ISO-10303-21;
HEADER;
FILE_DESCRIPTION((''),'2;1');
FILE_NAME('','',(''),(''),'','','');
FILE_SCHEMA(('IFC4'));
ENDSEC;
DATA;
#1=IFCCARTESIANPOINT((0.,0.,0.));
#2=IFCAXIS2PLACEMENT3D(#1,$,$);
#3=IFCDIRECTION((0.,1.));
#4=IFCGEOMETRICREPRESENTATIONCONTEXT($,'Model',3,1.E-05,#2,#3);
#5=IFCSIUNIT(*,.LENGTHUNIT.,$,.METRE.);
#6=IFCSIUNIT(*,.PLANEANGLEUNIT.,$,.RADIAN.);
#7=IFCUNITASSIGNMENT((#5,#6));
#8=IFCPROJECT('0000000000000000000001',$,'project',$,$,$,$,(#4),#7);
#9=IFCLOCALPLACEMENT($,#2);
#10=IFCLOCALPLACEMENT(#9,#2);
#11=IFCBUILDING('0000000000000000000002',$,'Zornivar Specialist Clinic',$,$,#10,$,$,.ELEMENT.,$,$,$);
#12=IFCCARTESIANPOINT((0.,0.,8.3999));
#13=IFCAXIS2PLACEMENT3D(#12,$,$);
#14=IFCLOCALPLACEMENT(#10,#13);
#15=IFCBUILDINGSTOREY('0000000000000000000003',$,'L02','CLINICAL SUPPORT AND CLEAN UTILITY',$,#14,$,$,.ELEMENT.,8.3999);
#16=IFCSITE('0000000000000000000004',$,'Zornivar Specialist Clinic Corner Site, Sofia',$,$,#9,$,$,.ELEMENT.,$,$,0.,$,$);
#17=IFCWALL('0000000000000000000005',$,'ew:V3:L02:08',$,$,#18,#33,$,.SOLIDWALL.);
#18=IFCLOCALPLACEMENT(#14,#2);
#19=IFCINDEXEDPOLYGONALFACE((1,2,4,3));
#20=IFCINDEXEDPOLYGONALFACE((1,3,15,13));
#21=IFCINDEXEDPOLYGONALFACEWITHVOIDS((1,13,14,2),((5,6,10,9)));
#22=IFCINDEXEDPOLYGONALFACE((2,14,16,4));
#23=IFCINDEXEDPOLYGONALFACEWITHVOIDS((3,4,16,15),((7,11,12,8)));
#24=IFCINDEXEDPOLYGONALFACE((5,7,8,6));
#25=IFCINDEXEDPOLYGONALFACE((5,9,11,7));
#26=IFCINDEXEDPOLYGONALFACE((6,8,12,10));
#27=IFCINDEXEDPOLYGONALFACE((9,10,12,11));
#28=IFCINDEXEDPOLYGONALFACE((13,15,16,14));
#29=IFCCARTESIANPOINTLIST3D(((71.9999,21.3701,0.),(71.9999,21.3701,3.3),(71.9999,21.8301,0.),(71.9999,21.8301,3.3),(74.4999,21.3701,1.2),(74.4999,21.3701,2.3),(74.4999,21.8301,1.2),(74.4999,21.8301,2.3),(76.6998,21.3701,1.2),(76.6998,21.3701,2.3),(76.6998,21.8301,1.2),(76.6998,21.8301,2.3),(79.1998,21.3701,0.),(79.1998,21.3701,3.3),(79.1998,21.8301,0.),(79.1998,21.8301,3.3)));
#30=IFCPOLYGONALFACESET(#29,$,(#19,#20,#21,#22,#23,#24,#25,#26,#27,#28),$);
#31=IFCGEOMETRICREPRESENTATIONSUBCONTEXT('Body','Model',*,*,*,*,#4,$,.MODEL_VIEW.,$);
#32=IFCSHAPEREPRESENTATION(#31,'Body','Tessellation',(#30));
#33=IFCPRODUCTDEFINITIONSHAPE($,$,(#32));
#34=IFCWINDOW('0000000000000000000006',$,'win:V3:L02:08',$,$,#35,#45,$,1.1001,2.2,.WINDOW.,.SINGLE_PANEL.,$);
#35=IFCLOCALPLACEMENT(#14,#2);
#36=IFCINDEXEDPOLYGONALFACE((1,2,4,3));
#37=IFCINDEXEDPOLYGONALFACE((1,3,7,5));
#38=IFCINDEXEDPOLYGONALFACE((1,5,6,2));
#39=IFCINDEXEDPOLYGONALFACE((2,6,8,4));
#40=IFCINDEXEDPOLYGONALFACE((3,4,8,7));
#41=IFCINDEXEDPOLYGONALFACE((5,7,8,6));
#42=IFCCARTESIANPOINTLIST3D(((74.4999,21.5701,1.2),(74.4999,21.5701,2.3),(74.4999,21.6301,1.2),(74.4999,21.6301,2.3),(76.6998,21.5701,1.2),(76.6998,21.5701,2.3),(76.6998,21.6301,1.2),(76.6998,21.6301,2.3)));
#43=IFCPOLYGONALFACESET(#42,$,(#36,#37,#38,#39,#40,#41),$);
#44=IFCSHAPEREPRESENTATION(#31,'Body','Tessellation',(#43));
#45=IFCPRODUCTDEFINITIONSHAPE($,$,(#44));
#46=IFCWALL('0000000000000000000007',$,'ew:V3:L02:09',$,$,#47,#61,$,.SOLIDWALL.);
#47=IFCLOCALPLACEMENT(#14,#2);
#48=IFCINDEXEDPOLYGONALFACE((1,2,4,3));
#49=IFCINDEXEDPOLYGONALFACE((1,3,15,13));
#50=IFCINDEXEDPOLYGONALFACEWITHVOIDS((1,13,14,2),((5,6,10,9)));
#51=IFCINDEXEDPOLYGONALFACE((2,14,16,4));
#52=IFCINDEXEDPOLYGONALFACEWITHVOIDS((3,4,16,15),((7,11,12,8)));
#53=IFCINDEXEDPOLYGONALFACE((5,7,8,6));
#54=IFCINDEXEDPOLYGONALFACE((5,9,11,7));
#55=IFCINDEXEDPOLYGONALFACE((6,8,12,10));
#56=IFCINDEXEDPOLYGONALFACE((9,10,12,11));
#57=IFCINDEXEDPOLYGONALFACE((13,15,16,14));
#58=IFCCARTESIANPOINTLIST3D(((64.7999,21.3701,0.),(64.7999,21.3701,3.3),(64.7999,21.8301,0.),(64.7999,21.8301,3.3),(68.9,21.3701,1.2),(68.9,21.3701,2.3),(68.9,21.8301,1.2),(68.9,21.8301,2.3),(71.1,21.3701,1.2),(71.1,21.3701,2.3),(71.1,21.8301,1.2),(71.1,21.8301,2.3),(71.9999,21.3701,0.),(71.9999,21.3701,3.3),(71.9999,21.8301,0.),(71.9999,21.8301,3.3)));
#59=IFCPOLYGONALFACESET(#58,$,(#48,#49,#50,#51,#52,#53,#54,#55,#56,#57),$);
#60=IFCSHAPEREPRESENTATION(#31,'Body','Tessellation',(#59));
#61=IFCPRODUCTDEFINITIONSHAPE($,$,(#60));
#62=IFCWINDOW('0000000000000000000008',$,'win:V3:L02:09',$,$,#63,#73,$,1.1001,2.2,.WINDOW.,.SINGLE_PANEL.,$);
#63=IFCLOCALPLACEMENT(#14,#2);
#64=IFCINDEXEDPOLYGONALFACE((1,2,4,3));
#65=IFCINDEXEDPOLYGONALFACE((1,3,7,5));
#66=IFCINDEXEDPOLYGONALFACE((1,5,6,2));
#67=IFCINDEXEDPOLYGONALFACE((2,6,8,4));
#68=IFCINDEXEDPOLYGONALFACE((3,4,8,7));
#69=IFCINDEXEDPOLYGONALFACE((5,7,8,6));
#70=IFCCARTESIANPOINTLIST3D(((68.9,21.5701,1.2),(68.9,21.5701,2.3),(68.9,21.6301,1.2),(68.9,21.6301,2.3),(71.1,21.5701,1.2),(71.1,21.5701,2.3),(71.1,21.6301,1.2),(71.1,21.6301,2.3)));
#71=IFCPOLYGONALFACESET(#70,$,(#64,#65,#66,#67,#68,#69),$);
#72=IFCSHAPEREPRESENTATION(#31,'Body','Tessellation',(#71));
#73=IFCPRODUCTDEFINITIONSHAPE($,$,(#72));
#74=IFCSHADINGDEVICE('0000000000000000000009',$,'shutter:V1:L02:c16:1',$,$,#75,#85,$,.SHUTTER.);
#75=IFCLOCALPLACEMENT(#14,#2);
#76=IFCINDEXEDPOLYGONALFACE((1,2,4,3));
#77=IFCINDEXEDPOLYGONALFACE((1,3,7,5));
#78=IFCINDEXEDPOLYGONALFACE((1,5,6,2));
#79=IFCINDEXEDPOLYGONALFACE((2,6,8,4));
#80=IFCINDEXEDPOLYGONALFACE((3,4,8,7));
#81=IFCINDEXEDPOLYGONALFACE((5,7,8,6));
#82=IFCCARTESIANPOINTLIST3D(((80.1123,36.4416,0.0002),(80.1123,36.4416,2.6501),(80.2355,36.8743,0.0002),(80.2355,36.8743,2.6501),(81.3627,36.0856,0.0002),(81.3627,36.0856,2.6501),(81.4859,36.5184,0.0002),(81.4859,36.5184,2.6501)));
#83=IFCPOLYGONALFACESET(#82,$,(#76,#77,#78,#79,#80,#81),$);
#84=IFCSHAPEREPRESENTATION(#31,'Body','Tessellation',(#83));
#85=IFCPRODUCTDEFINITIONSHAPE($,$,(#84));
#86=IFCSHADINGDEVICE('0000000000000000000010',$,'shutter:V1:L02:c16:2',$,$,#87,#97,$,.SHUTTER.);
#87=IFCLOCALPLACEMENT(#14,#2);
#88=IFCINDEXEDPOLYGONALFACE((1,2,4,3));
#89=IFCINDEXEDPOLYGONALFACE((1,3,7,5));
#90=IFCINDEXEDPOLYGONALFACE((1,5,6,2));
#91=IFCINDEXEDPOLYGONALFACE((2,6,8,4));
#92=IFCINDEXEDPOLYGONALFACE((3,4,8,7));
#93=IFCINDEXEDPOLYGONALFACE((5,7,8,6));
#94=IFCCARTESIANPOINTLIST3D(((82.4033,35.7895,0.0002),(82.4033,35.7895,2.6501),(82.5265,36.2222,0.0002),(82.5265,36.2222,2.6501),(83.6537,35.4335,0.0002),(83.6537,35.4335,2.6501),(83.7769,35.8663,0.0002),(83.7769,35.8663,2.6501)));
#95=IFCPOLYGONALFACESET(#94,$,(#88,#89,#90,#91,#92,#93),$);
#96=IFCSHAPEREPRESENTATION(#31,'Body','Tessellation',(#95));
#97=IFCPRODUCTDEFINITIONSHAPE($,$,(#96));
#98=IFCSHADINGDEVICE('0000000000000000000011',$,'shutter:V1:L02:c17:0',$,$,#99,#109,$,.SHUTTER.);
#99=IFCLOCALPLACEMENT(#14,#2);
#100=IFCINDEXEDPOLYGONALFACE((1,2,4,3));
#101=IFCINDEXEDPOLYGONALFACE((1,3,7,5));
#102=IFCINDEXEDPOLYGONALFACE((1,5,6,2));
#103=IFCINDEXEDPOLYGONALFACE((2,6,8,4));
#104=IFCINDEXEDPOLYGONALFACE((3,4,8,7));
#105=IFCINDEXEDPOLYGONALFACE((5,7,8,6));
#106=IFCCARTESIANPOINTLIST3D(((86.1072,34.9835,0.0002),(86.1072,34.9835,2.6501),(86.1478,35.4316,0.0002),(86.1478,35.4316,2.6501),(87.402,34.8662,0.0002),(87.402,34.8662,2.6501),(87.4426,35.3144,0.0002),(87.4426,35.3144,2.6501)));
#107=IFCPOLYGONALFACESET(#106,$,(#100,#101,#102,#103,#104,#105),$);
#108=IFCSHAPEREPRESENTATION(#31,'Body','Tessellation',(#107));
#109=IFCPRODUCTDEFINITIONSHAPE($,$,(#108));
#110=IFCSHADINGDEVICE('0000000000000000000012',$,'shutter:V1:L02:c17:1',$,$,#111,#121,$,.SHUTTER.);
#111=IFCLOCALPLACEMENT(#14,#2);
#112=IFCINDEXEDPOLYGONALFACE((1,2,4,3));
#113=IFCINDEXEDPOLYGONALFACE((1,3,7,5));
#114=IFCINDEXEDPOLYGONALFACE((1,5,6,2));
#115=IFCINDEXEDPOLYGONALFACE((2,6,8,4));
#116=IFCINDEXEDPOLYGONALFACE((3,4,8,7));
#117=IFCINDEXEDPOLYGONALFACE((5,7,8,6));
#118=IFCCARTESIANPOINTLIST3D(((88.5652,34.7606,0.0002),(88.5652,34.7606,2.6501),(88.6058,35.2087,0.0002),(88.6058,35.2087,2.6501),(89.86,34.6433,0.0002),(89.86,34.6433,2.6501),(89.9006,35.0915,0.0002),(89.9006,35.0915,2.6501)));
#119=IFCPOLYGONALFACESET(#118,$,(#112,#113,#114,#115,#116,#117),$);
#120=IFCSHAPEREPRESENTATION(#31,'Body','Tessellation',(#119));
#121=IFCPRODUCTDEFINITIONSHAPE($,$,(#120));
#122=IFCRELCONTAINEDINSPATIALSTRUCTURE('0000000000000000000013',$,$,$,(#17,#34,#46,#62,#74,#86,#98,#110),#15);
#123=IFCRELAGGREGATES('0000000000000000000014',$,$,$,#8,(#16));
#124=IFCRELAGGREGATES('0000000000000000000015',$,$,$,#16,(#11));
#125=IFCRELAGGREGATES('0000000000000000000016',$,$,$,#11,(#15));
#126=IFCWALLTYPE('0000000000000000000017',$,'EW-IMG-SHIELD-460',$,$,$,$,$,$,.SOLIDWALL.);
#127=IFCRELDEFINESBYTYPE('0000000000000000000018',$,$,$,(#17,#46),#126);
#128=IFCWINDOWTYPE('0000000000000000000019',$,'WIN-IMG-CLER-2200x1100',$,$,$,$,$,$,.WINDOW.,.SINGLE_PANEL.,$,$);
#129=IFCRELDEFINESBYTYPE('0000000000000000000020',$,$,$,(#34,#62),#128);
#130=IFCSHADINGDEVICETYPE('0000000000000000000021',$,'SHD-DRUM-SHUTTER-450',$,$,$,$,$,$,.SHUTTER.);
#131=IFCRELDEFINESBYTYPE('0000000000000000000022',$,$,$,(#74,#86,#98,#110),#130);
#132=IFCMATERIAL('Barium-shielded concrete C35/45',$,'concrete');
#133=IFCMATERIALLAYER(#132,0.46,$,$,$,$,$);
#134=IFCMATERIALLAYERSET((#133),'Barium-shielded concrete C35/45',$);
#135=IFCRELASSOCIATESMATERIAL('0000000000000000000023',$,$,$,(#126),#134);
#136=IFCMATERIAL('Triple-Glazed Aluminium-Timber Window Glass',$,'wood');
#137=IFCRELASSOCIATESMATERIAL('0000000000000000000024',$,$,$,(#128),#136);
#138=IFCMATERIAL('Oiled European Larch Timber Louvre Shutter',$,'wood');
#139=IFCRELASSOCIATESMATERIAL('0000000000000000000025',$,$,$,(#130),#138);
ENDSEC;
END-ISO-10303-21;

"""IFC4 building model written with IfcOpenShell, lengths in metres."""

from ifc_helpers import new_model, si_unit, direction, frame, frame_2d, origin, origin_2d, place, context, subcontext, project, spatial, rectangle, extrude, material, layer, layer_set, type_object, element, fill, save


model = new_model("IFC4")

# Units and contexts
model_context = context("Model", 3, precision=1e-05, world=origin(), true_north=direction((0.0, 1.0)))
body_context = subcontext(model_context, "Body", "Model", "MODEL_VIEW")
ifc_project = project(units=[si_unit("LENGTHUNIT", "METRE"), si_unit("PLANEANGLEUNIT", "RADIAN")], contexts=[model_context])

# Site, building, storey
site_placement = place(None, origin())
site = spatial("IfcSite", under=ifc_project, at=site_placement, Name="Zornivar Specialist Clinic Corner Site, Sofia", CompositionType="ELEMENT", RefElevation=0.0)
building_placement = place(site_placement, origin())
building = spatial("IfcBuilding", under=site, at=building_placement, Name="Zornivar Specialist Clinic", CompositionType="ELEMENT")
storey_placement = place(building_placement, frame((0.0, 0.0, 8.3999)))
storey = spatial("IfcBuildingStorey", under=building, at=storey_placement, Name="L02", Description="CLINICAL SUPPORT AND CLEAN UTILITY", CompositionType="ELEMENT", Elevation=8.3999)

# Walls, openings, windows
ifc_material_1 = material(Name="Barium-shielded concrete C35/45", Category="concrete")
ifc_layer_1 = layer(ifc_material_1, 0.46)
ifc_layer_set_1 = layer_set([ifc_layer_1], Name="Barium-shielded concrete C35/45")
wall_type = type_object("IfcWallType", Name="EW-IMG-SHIELD-460", PredefinedType="SOLIDWALL", material=ifc_layer_set_1)
ifc_material_2 = material(Name="Triple-Glazed Aluminium-Timber Window Glass", Category="wood")
window_type = type_object("IfcWindowType", Name="WIN-IMG-CLER-2200x1100", PartitioningType="SINGLE_PANEL", PredefinedType="WINDOW", material=ifc_material_2)
wall_1_placement = place(storey_placement, frame((79.2, 21.6001, 0.0), z_axis=(0.0, 0.0, 1.0), x_axis=(-1.0, 0.0, 0.0)))
wall_1 = element("IfcWall", 1, at=wall_1_placement, inside=storey, type_object=wall_type, Name="ew:V3:L02:08", PredefinedType="SOLIDWALL", context=body_context, shape_type="SweptSolid", body=[
    extrude(rectangle(XDim=7.2, YDim=0.46, at=frame_2d((3.6001, 0.0))), origin(), (0.0, 0.0, 1.0), 3.3),
])
opening_1_placement = place(wall_1_placement, frame((2.5, 0.0, 1.2)))
opening_1 = element("IfcOpeningElement", 2, at=opening_1_placement, cuts=wall_1, PredefinedType="OPENING", context=body_context, shape_type="SweptSolid", body=[
    extrude(rectangle(XDim=2.2, YDim=1.1001, at=frame_2d((1.1001, 0.55))), frame((0.0, 0.24, 0.0), z_axis=(0.0, -1.0, 0.0), x_axis=(1.0, 0.0, 0.0)), (0.0, 0.0, 1.0), 0.48),
])
window_1_placement = place(opening_1_placement, origin())
window_1 = element("IfcWindow", 3, at=window_1_placement, inside=storey, type_object=window_type, Name="win:V3:L02:08", OverallHeight=1.1001, OverallWidth=2.2, PartitioningType="SINGLE_PANEL", PredefinedType="WINDOW", context=body_context, shape_type="SweptSolid", body=[
    extrude(rectangle(XDim=2.2, YDim=1.1001, at=frame_2d((1.1001, 0.55))), frame((0.0, 0.03, 0.0), z_axis=(0.0, -1.0, 0.0), x_axis=(1.0, 0.0, 0.0)), (0.0, 0.0, 1.0), 0.0601),
])
fill(opening_1, window_1)
wall_2_placement = place(storey_placement, frame((72.0, 21.6001, 0.0), z_axis=(0.0, 0.0, 1.0), x_axis=(-1.0, 0.0, 0.0)))
wall_2 = element("IfcWall", 4, at=wall_2_placement, inside=storey, type_object=wall_type, Name="ew:V3:L02:09", PredefinedType="SOLIDWALL", context=body_context, shape_type="SweptSolid", body=[
    extrude(rectangle(XDim=7.2, YDim=0.46, at=frame_2d((3.6001, 0.0))), origin(), (0.0, 0.0, 1.0), 3.3),
])
opening_2_placement = place(wall_2_placement, frame((0.8999, 0.0, 1.2)))
opening_2 = element("IfcOpeningElement", 5, at=opening_2_placement, cuts=wall_2, PredefinedType="OPENING", context=body_context, shape_type="SweptSolid", body=[
    extrude(rectangle(XDim=2.2, YDim=1.1001, at=frame_2d((1.1001, 0.55))), frame((0.0, 0.24, 0.0), z_axis=(0.0, -1.0, 0.0), x_axis=(1.0, 0.0, 0.0)), (0.0, 0.0, 1.0), 0.48),
])
window_2_placement = place(opening_2_placement, origin())
window_2 = element("IfcWindow", 6, at=window_2_placement, inside=storey, type_object=window_type, Name="win:V3:L02:09", OverallHeight=1.1001, OverallWidth=2.2, PartitioningType="SINGLE_PANEL", PredefinedType="WINDOW", context=body_context, shape_type="SweptSolid", body=[
    extrude(rectangle(XDim=2.2, YDim=1.1001, at=frame_2d((1.1001, 0.55))), frame((0.0, 0.03, 0.0), z_axis=(0.0, -1.0, 0.0), x_axis=(1.0, 0.0, 0.0)), (0.0, 0.0, 1.0), 0.0601),
])
fill(opening_2, window_2)

# Shading devices
ifc_material_3 = material(Name="Oiled European Larch Timber Louvre Shutter", Category="wood")
shading_device_type = type_object("IfcShadingDeviceType", Name="SHD-DRUM-SHUTTER-450", PredefinedType="SHUTTER", material=ifc_material_3)
for number, where, z_axis, x_axis, name in (
    (7, (80.7991, 36.48, 0.0002), (0.0, 0.0, 1.0), (0.961785, -0.273805, 0.0), "shutter:V1:L02:c16:1"),
    (8, (83.0901, 35.8279, 0.0002), (0.0, 0.0, 1.0), (0.961785, -0.273805, 0.0), "shutter:V1:L02:c16:2"),
    (9, (86.7749, 35.1489, 0.0002), (0.0, 0.0, 1.0), (0.995925, -0.090188, 0.0), "shutter:V1:L02:c17:0"),
    (10, (89.2329, 34.926, 0.0002), (0.0, 0.0, 1.0), (0.995925, -0.090188, 0.0), "shutter:V1:L02:c17:1"),
):
    element("IfcShadingDevice", number, at=place(storey_placement, frame(where, z_axis=z_axis, x_axis=x_axis)), inside=storey, type_object=shading_device_type, Name=name, PredefinedType="SHUTTER", context=body_context, shape_type="SweptSolid", body=[
        extrude(rectangle(XDim=1.3, YDim=0.45, at=origin_2d()), origin(), (0.0, 0.0, 1.0), 2.6499),
    ])

save(model, "model.ifc")
